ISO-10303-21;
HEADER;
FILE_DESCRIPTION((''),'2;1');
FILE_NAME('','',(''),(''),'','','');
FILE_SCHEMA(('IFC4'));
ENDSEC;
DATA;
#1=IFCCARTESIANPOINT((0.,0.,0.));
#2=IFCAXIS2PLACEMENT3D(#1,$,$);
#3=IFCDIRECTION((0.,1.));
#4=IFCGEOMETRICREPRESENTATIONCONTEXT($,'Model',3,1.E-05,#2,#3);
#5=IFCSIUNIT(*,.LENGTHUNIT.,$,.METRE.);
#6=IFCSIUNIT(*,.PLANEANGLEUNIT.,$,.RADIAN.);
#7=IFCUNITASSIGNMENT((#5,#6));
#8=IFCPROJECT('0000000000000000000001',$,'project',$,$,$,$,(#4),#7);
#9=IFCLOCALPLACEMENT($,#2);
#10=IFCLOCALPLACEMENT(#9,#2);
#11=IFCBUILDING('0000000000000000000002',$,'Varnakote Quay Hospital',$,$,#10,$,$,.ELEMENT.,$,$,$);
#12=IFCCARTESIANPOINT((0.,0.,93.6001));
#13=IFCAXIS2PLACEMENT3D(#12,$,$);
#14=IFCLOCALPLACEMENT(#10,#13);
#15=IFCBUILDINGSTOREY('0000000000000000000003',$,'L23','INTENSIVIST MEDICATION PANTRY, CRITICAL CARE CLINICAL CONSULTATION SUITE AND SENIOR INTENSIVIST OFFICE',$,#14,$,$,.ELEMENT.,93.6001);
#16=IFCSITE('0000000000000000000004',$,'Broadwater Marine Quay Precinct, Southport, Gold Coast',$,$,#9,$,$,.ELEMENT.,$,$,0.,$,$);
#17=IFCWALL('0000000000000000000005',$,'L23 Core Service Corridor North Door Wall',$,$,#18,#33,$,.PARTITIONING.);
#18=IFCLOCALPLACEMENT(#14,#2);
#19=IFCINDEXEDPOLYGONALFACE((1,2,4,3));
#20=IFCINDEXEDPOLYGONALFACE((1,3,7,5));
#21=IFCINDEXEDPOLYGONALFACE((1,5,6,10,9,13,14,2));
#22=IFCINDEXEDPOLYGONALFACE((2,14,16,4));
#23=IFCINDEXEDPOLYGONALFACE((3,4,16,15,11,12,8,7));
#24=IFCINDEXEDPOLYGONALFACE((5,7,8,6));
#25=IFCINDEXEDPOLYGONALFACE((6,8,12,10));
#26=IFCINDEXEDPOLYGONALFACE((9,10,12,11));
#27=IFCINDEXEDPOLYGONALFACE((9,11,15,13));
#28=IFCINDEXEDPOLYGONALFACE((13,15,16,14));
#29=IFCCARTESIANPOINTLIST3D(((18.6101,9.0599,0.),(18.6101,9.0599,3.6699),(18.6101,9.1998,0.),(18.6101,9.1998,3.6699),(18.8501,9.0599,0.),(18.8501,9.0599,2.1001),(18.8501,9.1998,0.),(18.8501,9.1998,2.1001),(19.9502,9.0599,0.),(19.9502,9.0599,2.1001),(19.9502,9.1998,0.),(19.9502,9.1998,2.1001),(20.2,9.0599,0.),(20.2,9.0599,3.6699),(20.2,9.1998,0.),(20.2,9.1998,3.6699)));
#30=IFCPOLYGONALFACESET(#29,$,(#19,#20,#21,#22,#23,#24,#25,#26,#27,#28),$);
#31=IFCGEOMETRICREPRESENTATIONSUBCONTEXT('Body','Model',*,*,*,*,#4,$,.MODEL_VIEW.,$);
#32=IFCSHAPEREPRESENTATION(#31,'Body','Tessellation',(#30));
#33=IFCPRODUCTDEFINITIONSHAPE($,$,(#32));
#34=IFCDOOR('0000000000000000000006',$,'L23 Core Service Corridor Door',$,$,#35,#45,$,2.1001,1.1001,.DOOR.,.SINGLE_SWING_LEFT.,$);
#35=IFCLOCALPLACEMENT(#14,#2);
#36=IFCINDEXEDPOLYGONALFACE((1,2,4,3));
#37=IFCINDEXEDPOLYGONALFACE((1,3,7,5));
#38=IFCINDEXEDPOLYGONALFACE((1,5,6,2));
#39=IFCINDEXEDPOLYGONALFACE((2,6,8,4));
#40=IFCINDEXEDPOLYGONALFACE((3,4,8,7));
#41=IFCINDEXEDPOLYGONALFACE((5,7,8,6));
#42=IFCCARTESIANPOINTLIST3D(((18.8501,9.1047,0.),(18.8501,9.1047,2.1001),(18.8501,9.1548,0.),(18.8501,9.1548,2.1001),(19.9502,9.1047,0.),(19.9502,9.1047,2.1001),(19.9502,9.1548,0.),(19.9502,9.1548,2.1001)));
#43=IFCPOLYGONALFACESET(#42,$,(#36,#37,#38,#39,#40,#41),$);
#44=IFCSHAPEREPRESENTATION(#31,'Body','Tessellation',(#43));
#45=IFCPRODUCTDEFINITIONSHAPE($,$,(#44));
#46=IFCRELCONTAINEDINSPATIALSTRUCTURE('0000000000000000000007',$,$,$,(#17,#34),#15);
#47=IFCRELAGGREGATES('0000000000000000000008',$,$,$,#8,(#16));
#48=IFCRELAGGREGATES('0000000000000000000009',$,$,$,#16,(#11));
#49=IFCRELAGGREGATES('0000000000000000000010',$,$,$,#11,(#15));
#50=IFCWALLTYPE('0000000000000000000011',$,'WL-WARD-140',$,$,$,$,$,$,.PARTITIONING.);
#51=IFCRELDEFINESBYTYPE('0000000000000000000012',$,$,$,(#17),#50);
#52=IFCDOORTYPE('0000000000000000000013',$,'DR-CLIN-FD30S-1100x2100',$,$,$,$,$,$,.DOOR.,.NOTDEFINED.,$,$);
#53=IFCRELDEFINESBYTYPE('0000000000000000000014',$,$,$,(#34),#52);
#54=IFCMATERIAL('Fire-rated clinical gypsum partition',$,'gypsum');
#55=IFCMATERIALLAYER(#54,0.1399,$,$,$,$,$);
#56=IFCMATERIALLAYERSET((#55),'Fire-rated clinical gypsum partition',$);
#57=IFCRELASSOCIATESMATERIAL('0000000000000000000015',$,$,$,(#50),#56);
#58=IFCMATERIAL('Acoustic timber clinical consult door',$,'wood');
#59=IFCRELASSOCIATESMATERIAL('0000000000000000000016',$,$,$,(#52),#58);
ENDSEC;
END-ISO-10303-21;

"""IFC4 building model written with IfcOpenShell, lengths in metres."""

from ifc_helpers import new_model, si_unit, direction, frame, frame_2d, origin, place, context, subcontext, project, spatial, rectangle, extrude, material, layer, layer_set, type_object, element, fill, save


model = new_model("IFC4")

# Units and contexts
model_context = context("Model", 3, precision=1e-05, world=origin(), true_north=direction((0.0, 1.0)))
body_context = subcontext(model_context, "Body", "Model", "MODEL_VIEW")
ifc_project = project(units=[si_unit("LENGTHUNIT", "METRE"), si_unit("PLANEANGLEUNIT", "RADIAN")], contexts=[model_context])

# Site, building, storey
site_placement = place(None, origin())
site = spatial("IfcSite", under=ifc_project, at=site_placement, Name="Broadwater Marine Quay Precinct, Southport, Gold Coast", CompositionType="ELEMENT", RefElevation=0.0)
building_placement = place(site_placement, origin())
building = spatial("IfcBuilding", under=site, at=building_placement, Name="Varnakote Quay Hospital", CompositionType="ELEMENT")
storey_placement = place(building_placement, frame((0.0, 0.0, 93.6001)))
storey = spatial("IfcBuildingStorey", under=building, at=storey_placement, Name="L23", Description="INTENSIVIST MEDICATION PANTRY, CRITICAL CARE CLINICAL CONSULTATION SUITE AND SENIOR INTENSIVIST OFFICE", CompositionType="ELEMENT", Elevation=93.6001)

# Wall, opening, door
ifc_material_1 = material(Name="Fire-rated clinical gypsum partition", Category="gypsum")
ifc_layer_1 = layer(ifc_material_1, 0.1399)
ifc_layer_set_1 = layer_set([ifc_layer_1], Name="Fire-rated clinical gypsum partition")
wall_type_1 = type_object("IfcWallType", Name="WL-WARD-140", PredefinedType="PARTITIONING", material=ifc_layer_set_1)
wall_1_placement = place(storey_placement, frame((18.6101, 9.1299, 0.0), z_axis=(0.0, 0.0, 1.0), x_axis=(1.0, 0.0, 0.0)))
wall_1 = element("IfcWall", 1, at=wall_1_placement, inside=storey, type_object=wall_type_1, Name="L23 Core Service Corridor North Door Wall", PredefinedType="PARTITIONING", context=body_context, shape_type="SweptSolid", body=[
    extrude(rectangle(XDim=1.5898, YDim=0.1399, at=frame_2d((0.7949, 0.0))), origin(), (0.0, 0.0, 1.0), 3.6699),
])
opening_1_placement = place(wall_1_placement, frame((0.24, 0.0, 0.0)))
opening_1 = element("IfcOpeningElement", 2, at=opening_1_placement, cuts=wall_1, PredefinedType="OPENING", context=body_context, shape_type="SweptSolid", body=[
    extrude(rectangle(XDim=1.1001, YDim=2.1001, at=frame_2d((0.55, 1.05))), frame((0.0, 0.0798, 0.0), z_axis=(0.0, -1.0, 0.0), x_axis=(1.0, 0.0, 0.0)), (0.0, 0.0, 1.0), 0.1599),
])
ifc_material_2 = material(Name="Acoustic timber clinical consult door", Category="wood")
door_type_1 = type_object("IfcDoorType", Name="DR-CLIN-FD30S-1100x2100", OperationType="NOTDEFINED", PredefinedType="DOOR", material=ifc_material_2)
door_1_placement = place(opening_1_placement, origin())
door_1 = element("IfcDoor", 3, at=door_1_placement, inside=storey, type_object=door_type_1, Name="L23 Core Service Corridor Door", OperationType="SINGLE_SWING_LEFT", OverallHeight=2.1001, OverallWidth=1.1001, PredefinedType="DOOR", context=body_context, shape_type="SweptSolid", body=[
    extrude(rectangle(XDim=1.1001, YDim=2.1001, at=frame_2d((0.55, 1.05))), frame((0.0, 0.0249, 0.0), z_axis=(0.0, -1.0, 0.0), x_axis=(1.0, 0.0, 0.0)), (0.0, 0.0, 1.0), 0.05),
])
fill(opening_1, door_1)

save(model, "model.ifc")
